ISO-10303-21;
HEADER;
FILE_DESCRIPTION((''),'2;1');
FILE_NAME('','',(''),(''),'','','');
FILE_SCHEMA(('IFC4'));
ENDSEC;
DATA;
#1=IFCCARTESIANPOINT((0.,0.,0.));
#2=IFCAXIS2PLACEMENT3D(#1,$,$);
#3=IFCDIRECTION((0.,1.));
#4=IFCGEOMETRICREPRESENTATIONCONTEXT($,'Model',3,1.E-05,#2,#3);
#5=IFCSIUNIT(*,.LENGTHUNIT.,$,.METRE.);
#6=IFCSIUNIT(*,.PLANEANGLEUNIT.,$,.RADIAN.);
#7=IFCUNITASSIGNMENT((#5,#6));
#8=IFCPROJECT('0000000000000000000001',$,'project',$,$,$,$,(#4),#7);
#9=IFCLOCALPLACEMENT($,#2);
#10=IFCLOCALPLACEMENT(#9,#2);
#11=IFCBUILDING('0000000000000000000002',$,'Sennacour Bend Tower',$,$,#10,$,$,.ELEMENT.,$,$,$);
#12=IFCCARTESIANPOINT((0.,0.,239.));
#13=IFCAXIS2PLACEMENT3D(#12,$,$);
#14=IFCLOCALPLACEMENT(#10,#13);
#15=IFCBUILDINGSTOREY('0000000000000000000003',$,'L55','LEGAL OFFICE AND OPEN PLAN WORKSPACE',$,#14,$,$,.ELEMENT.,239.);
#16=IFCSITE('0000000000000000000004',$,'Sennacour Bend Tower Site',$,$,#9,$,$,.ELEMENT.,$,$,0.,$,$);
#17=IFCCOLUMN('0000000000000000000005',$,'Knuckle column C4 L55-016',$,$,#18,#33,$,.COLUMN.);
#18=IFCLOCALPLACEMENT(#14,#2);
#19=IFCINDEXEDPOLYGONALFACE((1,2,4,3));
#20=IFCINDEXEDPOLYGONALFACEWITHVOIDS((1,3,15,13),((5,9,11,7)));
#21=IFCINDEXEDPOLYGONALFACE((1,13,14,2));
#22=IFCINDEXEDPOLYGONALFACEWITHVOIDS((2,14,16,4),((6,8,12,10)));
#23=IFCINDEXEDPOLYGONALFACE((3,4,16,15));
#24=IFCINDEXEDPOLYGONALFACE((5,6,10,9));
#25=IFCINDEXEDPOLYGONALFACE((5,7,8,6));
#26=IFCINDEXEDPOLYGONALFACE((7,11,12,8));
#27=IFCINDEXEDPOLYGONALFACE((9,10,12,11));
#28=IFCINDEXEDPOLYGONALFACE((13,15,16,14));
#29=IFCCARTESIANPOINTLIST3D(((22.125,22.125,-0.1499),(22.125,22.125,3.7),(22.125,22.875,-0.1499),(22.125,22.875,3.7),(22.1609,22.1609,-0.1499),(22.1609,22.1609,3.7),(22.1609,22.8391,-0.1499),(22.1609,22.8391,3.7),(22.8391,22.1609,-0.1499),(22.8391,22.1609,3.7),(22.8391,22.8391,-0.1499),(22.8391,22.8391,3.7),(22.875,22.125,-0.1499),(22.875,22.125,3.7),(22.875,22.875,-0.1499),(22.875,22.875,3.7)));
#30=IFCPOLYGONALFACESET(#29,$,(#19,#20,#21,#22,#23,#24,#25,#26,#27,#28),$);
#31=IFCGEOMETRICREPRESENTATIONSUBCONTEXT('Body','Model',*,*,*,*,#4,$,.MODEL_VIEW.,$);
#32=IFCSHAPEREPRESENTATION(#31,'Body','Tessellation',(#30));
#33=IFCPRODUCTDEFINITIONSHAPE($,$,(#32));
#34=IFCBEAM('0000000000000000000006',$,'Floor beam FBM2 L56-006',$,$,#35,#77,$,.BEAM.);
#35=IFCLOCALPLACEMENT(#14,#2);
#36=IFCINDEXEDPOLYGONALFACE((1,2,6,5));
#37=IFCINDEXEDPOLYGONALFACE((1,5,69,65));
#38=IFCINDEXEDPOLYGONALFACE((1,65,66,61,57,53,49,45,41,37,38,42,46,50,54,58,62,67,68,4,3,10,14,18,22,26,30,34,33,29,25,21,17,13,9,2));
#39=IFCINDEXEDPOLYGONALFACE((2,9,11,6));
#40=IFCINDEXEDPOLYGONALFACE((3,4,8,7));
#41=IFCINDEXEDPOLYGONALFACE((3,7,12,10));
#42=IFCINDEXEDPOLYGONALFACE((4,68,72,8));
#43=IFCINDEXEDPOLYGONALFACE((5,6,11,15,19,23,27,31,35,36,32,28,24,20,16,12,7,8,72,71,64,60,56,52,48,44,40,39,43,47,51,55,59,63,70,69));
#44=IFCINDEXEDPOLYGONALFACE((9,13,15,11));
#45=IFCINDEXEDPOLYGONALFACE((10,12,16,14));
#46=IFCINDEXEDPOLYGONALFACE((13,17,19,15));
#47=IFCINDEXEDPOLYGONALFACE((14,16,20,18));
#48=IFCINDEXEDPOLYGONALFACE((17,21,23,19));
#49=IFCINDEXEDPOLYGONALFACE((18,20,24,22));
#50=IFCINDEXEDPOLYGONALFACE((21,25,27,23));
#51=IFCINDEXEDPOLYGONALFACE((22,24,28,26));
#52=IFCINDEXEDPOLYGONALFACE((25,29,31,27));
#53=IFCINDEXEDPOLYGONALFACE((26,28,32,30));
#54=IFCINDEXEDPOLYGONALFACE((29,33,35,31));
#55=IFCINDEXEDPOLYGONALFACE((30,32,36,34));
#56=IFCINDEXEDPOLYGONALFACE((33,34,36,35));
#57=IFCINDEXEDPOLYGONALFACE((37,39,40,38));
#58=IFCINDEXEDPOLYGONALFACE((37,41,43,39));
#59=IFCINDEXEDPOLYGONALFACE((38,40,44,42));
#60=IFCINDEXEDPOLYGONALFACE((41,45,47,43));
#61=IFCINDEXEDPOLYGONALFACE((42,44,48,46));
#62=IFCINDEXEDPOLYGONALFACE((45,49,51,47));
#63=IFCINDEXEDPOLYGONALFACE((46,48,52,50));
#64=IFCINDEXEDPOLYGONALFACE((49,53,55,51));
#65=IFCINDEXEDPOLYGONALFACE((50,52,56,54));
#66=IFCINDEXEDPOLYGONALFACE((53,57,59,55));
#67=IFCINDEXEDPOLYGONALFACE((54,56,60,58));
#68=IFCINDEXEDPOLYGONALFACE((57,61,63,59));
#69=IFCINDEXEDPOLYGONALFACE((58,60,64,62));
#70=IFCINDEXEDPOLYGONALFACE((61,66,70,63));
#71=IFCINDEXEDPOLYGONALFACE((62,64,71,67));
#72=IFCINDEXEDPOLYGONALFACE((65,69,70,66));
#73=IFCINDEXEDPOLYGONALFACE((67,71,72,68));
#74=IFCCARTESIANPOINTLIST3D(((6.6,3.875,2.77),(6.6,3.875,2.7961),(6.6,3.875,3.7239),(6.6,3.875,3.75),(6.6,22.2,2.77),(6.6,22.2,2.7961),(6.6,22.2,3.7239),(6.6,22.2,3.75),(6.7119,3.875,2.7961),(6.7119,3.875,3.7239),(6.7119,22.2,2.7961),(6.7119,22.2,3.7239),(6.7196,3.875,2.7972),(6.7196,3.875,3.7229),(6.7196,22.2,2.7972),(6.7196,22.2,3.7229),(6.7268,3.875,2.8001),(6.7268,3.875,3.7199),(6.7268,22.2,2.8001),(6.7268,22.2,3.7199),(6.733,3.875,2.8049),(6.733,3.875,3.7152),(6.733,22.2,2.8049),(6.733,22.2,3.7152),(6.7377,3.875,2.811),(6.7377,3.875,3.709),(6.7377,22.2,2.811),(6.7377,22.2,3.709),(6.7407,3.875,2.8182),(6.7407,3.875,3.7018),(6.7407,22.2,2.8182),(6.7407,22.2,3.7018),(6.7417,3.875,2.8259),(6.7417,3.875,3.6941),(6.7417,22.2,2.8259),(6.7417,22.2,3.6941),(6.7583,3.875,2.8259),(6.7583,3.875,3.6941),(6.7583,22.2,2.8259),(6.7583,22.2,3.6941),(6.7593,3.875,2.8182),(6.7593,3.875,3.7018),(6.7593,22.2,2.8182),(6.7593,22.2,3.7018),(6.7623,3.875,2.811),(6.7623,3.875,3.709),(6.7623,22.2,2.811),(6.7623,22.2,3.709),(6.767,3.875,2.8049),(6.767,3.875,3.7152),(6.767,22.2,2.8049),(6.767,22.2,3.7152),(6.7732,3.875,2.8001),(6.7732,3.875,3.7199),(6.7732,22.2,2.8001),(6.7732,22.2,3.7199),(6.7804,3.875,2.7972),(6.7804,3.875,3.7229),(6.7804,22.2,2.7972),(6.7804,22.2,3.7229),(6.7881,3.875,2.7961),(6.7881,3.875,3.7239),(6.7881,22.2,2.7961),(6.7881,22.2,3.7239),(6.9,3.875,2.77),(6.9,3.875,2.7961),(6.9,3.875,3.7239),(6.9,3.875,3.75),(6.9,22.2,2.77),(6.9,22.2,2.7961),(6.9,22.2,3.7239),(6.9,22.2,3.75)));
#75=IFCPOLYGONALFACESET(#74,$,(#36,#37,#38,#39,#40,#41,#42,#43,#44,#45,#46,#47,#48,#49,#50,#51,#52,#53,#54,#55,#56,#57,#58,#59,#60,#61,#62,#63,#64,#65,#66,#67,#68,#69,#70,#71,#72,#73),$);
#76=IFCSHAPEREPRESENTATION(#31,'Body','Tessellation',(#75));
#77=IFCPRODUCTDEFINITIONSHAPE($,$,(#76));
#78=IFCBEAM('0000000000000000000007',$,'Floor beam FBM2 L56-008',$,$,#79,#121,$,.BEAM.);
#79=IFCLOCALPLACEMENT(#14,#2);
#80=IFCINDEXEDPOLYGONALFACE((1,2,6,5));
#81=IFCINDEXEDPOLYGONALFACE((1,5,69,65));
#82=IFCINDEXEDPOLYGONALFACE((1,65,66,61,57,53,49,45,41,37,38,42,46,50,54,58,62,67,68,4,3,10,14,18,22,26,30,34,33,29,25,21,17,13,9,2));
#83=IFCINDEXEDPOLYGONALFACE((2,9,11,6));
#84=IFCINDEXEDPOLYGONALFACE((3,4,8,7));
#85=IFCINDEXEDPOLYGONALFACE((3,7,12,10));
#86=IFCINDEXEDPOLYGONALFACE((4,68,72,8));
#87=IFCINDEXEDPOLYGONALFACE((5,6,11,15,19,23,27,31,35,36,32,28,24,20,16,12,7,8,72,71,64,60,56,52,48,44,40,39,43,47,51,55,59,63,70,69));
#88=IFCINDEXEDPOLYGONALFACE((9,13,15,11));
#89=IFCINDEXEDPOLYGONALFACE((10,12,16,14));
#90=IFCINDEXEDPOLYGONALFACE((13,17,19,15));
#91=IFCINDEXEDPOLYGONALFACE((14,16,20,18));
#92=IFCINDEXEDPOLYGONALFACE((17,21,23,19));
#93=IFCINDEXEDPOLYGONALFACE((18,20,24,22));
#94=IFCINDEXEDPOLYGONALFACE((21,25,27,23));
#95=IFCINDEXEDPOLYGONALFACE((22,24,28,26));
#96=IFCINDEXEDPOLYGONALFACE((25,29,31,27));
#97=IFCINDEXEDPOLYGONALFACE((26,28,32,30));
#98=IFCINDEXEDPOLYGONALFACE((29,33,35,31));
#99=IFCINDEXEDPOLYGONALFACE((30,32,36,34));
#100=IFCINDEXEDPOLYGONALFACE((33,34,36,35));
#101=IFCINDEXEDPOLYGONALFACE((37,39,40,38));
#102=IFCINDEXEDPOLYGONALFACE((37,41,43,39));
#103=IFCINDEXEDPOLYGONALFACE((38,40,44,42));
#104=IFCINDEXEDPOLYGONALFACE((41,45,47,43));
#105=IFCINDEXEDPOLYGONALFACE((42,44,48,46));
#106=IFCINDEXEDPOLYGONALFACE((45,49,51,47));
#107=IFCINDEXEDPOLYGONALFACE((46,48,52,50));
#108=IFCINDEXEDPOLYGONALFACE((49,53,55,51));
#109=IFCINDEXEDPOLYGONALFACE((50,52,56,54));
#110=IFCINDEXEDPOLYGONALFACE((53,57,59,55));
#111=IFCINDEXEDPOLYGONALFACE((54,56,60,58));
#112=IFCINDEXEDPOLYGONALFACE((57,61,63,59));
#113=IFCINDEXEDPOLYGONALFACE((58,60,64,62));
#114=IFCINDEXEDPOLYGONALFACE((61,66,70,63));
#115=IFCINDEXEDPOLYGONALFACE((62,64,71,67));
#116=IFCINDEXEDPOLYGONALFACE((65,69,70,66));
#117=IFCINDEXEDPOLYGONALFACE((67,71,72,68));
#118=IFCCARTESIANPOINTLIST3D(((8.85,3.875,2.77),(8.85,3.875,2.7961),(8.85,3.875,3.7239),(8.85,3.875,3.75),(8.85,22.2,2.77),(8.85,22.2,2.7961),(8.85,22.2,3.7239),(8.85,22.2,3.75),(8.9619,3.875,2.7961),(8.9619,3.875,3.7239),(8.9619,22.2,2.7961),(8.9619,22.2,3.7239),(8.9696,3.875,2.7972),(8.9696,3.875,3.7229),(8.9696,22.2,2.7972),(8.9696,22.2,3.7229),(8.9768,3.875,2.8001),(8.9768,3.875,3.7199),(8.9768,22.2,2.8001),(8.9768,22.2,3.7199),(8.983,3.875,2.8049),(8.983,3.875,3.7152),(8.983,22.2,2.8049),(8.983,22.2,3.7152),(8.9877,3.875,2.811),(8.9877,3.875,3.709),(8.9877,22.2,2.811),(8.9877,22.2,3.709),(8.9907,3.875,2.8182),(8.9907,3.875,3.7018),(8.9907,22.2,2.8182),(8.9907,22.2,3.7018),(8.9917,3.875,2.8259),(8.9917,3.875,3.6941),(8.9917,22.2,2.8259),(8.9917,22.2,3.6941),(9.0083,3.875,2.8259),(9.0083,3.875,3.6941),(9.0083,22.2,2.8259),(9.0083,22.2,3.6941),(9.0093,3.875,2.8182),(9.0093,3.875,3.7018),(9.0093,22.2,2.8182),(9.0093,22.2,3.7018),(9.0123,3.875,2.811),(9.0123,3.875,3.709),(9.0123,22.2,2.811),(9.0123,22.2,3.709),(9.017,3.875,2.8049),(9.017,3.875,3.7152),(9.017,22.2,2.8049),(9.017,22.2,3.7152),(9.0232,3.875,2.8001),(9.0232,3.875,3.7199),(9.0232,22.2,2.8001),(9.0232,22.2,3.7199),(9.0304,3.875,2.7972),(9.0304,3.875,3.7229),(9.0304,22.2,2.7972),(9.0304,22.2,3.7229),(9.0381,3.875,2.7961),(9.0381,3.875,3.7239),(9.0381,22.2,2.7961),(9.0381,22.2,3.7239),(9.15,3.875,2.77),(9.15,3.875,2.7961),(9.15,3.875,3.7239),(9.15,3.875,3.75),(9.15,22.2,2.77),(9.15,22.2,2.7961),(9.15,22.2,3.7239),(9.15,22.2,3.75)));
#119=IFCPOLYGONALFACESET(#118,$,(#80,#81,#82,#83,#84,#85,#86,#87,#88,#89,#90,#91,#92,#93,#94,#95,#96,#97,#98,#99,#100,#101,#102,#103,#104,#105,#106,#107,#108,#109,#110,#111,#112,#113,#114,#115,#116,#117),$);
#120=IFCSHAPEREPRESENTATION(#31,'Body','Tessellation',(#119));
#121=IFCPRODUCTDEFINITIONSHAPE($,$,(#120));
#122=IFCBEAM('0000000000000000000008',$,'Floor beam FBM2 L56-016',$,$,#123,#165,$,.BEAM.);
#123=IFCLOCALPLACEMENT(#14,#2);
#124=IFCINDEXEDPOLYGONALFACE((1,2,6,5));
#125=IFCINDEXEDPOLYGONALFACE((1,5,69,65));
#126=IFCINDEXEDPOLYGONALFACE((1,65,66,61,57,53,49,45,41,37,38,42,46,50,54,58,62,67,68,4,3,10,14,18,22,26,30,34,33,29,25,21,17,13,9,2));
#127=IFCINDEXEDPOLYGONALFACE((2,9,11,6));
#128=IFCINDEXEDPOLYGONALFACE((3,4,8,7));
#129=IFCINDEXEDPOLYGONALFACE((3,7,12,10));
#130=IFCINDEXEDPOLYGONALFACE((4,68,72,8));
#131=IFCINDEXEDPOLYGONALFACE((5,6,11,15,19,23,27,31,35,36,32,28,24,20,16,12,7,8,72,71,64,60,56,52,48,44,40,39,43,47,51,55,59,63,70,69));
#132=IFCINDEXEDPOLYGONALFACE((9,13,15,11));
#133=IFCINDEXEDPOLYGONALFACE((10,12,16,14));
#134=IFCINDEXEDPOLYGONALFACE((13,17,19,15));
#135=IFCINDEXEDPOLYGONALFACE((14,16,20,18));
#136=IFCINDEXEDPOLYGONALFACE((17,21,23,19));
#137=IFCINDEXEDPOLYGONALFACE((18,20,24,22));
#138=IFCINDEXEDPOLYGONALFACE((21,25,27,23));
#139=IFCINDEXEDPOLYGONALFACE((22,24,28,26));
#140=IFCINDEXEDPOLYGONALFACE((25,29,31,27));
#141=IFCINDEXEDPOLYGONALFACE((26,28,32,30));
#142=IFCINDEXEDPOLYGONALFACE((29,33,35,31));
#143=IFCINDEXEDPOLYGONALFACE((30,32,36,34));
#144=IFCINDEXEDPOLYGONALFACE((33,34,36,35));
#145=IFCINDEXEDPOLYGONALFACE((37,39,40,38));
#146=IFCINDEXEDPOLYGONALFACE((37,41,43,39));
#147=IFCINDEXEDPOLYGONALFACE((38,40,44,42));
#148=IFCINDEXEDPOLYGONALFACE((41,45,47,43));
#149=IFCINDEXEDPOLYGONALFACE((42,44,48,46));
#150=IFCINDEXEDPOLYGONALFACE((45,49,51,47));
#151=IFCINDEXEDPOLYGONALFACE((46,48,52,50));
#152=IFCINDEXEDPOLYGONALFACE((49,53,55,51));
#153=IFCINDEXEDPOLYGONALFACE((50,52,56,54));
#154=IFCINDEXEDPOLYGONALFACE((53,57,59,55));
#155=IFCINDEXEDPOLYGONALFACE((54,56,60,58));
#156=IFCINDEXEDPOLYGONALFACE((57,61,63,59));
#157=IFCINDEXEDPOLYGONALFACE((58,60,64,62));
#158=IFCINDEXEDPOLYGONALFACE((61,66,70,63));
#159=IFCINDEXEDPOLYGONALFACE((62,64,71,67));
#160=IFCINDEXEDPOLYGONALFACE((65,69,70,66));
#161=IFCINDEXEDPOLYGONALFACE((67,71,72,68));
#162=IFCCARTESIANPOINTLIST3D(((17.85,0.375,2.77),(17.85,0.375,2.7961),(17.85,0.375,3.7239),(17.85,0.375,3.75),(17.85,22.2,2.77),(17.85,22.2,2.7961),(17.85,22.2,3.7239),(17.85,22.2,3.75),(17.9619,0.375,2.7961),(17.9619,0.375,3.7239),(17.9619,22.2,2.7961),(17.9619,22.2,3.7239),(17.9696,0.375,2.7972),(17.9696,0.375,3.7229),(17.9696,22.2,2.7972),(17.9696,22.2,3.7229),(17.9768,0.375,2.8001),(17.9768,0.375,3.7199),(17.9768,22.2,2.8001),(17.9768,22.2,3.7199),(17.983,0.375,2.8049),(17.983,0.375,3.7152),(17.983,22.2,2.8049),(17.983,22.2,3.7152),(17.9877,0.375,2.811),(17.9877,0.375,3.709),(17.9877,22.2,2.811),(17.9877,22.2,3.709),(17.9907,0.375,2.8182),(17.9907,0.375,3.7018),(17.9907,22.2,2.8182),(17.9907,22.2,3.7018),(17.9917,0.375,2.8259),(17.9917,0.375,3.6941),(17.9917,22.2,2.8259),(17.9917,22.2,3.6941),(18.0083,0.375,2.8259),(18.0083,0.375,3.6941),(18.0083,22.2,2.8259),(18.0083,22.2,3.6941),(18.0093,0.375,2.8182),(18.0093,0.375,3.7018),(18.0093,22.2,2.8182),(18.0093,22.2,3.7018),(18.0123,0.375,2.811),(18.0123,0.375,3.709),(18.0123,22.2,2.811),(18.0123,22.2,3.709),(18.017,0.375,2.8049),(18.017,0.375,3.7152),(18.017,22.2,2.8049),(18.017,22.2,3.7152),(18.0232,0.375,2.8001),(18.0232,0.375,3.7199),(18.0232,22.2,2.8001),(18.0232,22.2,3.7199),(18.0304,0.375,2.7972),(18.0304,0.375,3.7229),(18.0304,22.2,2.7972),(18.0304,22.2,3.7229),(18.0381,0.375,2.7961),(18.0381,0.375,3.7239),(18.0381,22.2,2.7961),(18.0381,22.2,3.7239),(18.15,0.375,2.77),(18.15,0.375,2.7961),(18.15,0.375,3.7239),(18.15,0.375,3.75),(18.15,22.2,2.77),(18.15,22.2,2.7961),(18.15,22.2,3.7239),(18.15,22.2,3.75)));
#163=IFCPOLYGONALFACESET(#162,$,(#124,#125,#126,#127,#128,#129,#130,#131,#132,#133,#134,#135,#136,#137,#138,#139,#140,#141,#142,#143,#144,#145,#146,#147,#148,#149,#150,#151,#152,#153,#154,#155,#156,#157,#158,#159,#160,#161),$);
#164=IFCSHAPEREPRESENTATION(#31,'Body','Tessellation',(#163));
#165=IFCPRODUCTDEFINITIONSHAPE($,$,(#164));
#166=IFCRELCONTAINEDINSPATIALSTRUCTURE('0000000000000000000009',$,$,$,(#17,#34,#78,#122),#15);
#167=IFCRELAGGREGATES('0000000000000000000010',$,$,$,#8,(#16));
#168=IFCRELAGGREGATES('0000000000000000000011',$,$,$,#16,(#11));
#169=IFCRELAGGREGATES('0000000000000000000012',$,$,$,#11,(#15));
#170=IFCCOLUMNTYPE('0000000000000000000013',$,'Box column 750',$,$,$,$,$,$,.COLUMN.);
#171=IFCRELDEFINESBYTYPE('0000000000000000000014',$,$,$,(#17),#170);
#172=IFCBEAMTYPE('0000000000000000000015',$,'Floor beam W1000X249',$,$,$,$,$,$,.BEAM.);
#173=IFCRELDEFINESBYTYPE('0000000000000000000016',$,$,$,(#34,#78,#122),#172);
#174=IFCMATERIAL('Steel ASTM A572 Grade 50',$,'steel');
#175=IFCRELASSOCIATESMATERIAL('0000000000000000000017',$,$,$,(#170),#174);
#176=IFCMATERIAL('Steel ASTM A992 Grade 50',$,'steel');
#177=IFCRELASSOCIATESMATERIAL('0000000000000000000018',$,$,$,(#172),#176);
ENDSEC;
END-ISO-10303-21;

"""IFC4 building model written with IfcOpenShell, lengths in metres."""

from ifc_helpers import new_model, si_unit, direction, frame, origin, origin_2d, place, context, subcontext, project, spatial, hollow_rectangle, i_section, extrude, material, material_profile, profile_set, type_object, element, save


model = new_model("IFC4")

# Units and contexts
model_context = context("Model", 3, precision=1e-05, world=origin(), true_north=direction((0.0, 1.0)))
body_context = subcontext(model_context, "Body", "Model", "MODEL_VIEW")
ifc_project = project(units=[si_unit("LENGTHUNIT", "METRE"), si_unit("PLANEANGLEUNIT", "RADIAN")], contexts=[model_context])

# Site, building, storey
site_placement = place(None, origin())
site = spatial("IfcSite", under=ifc_project, at=site_placement, Name="Sennacour Bend Tower Site", CompositionType="ELEMENT", RefElevation=0.0)
building_placement = place(site_placement, origin())
building = spatial("IfcBuilding", under=site, at=building_placement, Name="Sennacour Bend Tower", CompositionType="ELEMENT")
storey_placement = place(building_placement, frame((0.0, 0.0, 239.0)))
storey = spatial("IfcBuildingStorey", under=building, at=storey_placement, Name="L55", Description="LEGAL OFFICE AND OPEN PLAN WORKSPACE", CompositionType="ELEMENT", Elevation=239.0)

# Column
ifc_material_1 = material(Name="Steel ASTM A572 Grade 50", Category="steel")
ifc_material_profile_1 = material_profile(ifc_material_1, hollow_rectangle(XDim=0.75, YDim=0.75, WallThickness=0.0359, at=origin_2d()), Name="Steel ASTM A572 Grade 50", Category="steel")
ifc_profile_set_1 = profile_set([ifc_material_profile_1], Name="Steel ASTM A572 Grade 50")
column_type = type_object("IfcColumnType", Name="Box column 750", PredefinedType="COLUMN", material=ifc_profile_set_1)
column_placement = place(storey_placement, frame((22.5, 22.5, -0.1499), z_axis=(0.0, 0.0, 1.0), x_axis=(1.0, 0.0, 0.0)))
element("IfcColumn", 1, at=column_placement, inside=storey, type_object=column_type, Name="Knuckle column C4 L55-016", PredefinedType="COLUMN", context=body_context, shape_type="SweptSolid", body=[
    extrude(hollow_rectangle(XDim=0.75, YDim=0.75, WallThickness=0.0359, at=origin_2d()), origin(), (0.0, 0.0, 1.0), 3.8499),
])

# Beams
ifc_material_2 = material(Name="Steel ASTM A992 Grade 50", Category="steel")
ifc_material_profile_2 = material_profile(ifc_material_2, i_section(OverallWidth=0.3, OverallDepth=0.98, WebThickness=0.0166, FlangeThickness=0.0261, FilletRadius=0.0298, at=origin_2d()), Name="Steel ASTM A992 Grade 50", Category="steel")
ifc_profile_set_2 = profile_set([ifc_material_profile_2], Name="Steel ASTM A992 Grade 50")
beam_type = type_object("IfcBeamType", Name="Floor beam W1000X249", PredefinedType="BEAM", material=ifc_profile_set_2)
for number, where, z_axis, x_axis, name in (
    (2, (6.75, 3.875, 3.26), (0.0, 1.0, 0.0), (-1.0, 0.0, 0.0), "Floor beam FBM2 L56-006"),
    (3, (9.0, 3.875, 3.26), (0.0, 1.0, 0.0), (-1.0, 0.0, 0.0), "Floor beam FBM2 L56-008"),
):
    element("IfcBeam", number, at=place(storey_placement, frame(where, z_axis=z_axis, x_axis=x_axis)), inside=storey, type_object=beam_type, Name=name, PredefinedType="BEAM", context=body_context, shape_type="SweptSolid", body=[
        extrude(i_section(OverallWidth=0.3, OverallDepth=0.98, WebThickness=0.0166, FlangeThickness=0.0261, FilletRadius=0.0298, at=origin_2d()), origin(), (0.0, 0.0, 1.0), 18.325),
    ])
beam_1_placement = place(storey_placement, frame((18.0, 0.375, 3.26), z_axis=(0.0, 1.0, 0.0), x_axis=(-1.0, 0.0, 0.0)))
element("IfcBeam", 4, at=beam_1_placement, inside=storey, type_object=beam_type, Name="Floor beam FBM2 L56-016", PredefinedType="BEAM", context=body_context, shape_type="SweptSolid", body=[
    extrude(i_section(OverallWidth=0.3, OverallDepth=0.98, WebThickness=0.0166, FlangeThickness=0.0261, FilletRadius=0.0298, at=origin_2d()), origin(), (0.0, 0.0, 1.0), 21.825),
])

save(model, "model.ifc")
